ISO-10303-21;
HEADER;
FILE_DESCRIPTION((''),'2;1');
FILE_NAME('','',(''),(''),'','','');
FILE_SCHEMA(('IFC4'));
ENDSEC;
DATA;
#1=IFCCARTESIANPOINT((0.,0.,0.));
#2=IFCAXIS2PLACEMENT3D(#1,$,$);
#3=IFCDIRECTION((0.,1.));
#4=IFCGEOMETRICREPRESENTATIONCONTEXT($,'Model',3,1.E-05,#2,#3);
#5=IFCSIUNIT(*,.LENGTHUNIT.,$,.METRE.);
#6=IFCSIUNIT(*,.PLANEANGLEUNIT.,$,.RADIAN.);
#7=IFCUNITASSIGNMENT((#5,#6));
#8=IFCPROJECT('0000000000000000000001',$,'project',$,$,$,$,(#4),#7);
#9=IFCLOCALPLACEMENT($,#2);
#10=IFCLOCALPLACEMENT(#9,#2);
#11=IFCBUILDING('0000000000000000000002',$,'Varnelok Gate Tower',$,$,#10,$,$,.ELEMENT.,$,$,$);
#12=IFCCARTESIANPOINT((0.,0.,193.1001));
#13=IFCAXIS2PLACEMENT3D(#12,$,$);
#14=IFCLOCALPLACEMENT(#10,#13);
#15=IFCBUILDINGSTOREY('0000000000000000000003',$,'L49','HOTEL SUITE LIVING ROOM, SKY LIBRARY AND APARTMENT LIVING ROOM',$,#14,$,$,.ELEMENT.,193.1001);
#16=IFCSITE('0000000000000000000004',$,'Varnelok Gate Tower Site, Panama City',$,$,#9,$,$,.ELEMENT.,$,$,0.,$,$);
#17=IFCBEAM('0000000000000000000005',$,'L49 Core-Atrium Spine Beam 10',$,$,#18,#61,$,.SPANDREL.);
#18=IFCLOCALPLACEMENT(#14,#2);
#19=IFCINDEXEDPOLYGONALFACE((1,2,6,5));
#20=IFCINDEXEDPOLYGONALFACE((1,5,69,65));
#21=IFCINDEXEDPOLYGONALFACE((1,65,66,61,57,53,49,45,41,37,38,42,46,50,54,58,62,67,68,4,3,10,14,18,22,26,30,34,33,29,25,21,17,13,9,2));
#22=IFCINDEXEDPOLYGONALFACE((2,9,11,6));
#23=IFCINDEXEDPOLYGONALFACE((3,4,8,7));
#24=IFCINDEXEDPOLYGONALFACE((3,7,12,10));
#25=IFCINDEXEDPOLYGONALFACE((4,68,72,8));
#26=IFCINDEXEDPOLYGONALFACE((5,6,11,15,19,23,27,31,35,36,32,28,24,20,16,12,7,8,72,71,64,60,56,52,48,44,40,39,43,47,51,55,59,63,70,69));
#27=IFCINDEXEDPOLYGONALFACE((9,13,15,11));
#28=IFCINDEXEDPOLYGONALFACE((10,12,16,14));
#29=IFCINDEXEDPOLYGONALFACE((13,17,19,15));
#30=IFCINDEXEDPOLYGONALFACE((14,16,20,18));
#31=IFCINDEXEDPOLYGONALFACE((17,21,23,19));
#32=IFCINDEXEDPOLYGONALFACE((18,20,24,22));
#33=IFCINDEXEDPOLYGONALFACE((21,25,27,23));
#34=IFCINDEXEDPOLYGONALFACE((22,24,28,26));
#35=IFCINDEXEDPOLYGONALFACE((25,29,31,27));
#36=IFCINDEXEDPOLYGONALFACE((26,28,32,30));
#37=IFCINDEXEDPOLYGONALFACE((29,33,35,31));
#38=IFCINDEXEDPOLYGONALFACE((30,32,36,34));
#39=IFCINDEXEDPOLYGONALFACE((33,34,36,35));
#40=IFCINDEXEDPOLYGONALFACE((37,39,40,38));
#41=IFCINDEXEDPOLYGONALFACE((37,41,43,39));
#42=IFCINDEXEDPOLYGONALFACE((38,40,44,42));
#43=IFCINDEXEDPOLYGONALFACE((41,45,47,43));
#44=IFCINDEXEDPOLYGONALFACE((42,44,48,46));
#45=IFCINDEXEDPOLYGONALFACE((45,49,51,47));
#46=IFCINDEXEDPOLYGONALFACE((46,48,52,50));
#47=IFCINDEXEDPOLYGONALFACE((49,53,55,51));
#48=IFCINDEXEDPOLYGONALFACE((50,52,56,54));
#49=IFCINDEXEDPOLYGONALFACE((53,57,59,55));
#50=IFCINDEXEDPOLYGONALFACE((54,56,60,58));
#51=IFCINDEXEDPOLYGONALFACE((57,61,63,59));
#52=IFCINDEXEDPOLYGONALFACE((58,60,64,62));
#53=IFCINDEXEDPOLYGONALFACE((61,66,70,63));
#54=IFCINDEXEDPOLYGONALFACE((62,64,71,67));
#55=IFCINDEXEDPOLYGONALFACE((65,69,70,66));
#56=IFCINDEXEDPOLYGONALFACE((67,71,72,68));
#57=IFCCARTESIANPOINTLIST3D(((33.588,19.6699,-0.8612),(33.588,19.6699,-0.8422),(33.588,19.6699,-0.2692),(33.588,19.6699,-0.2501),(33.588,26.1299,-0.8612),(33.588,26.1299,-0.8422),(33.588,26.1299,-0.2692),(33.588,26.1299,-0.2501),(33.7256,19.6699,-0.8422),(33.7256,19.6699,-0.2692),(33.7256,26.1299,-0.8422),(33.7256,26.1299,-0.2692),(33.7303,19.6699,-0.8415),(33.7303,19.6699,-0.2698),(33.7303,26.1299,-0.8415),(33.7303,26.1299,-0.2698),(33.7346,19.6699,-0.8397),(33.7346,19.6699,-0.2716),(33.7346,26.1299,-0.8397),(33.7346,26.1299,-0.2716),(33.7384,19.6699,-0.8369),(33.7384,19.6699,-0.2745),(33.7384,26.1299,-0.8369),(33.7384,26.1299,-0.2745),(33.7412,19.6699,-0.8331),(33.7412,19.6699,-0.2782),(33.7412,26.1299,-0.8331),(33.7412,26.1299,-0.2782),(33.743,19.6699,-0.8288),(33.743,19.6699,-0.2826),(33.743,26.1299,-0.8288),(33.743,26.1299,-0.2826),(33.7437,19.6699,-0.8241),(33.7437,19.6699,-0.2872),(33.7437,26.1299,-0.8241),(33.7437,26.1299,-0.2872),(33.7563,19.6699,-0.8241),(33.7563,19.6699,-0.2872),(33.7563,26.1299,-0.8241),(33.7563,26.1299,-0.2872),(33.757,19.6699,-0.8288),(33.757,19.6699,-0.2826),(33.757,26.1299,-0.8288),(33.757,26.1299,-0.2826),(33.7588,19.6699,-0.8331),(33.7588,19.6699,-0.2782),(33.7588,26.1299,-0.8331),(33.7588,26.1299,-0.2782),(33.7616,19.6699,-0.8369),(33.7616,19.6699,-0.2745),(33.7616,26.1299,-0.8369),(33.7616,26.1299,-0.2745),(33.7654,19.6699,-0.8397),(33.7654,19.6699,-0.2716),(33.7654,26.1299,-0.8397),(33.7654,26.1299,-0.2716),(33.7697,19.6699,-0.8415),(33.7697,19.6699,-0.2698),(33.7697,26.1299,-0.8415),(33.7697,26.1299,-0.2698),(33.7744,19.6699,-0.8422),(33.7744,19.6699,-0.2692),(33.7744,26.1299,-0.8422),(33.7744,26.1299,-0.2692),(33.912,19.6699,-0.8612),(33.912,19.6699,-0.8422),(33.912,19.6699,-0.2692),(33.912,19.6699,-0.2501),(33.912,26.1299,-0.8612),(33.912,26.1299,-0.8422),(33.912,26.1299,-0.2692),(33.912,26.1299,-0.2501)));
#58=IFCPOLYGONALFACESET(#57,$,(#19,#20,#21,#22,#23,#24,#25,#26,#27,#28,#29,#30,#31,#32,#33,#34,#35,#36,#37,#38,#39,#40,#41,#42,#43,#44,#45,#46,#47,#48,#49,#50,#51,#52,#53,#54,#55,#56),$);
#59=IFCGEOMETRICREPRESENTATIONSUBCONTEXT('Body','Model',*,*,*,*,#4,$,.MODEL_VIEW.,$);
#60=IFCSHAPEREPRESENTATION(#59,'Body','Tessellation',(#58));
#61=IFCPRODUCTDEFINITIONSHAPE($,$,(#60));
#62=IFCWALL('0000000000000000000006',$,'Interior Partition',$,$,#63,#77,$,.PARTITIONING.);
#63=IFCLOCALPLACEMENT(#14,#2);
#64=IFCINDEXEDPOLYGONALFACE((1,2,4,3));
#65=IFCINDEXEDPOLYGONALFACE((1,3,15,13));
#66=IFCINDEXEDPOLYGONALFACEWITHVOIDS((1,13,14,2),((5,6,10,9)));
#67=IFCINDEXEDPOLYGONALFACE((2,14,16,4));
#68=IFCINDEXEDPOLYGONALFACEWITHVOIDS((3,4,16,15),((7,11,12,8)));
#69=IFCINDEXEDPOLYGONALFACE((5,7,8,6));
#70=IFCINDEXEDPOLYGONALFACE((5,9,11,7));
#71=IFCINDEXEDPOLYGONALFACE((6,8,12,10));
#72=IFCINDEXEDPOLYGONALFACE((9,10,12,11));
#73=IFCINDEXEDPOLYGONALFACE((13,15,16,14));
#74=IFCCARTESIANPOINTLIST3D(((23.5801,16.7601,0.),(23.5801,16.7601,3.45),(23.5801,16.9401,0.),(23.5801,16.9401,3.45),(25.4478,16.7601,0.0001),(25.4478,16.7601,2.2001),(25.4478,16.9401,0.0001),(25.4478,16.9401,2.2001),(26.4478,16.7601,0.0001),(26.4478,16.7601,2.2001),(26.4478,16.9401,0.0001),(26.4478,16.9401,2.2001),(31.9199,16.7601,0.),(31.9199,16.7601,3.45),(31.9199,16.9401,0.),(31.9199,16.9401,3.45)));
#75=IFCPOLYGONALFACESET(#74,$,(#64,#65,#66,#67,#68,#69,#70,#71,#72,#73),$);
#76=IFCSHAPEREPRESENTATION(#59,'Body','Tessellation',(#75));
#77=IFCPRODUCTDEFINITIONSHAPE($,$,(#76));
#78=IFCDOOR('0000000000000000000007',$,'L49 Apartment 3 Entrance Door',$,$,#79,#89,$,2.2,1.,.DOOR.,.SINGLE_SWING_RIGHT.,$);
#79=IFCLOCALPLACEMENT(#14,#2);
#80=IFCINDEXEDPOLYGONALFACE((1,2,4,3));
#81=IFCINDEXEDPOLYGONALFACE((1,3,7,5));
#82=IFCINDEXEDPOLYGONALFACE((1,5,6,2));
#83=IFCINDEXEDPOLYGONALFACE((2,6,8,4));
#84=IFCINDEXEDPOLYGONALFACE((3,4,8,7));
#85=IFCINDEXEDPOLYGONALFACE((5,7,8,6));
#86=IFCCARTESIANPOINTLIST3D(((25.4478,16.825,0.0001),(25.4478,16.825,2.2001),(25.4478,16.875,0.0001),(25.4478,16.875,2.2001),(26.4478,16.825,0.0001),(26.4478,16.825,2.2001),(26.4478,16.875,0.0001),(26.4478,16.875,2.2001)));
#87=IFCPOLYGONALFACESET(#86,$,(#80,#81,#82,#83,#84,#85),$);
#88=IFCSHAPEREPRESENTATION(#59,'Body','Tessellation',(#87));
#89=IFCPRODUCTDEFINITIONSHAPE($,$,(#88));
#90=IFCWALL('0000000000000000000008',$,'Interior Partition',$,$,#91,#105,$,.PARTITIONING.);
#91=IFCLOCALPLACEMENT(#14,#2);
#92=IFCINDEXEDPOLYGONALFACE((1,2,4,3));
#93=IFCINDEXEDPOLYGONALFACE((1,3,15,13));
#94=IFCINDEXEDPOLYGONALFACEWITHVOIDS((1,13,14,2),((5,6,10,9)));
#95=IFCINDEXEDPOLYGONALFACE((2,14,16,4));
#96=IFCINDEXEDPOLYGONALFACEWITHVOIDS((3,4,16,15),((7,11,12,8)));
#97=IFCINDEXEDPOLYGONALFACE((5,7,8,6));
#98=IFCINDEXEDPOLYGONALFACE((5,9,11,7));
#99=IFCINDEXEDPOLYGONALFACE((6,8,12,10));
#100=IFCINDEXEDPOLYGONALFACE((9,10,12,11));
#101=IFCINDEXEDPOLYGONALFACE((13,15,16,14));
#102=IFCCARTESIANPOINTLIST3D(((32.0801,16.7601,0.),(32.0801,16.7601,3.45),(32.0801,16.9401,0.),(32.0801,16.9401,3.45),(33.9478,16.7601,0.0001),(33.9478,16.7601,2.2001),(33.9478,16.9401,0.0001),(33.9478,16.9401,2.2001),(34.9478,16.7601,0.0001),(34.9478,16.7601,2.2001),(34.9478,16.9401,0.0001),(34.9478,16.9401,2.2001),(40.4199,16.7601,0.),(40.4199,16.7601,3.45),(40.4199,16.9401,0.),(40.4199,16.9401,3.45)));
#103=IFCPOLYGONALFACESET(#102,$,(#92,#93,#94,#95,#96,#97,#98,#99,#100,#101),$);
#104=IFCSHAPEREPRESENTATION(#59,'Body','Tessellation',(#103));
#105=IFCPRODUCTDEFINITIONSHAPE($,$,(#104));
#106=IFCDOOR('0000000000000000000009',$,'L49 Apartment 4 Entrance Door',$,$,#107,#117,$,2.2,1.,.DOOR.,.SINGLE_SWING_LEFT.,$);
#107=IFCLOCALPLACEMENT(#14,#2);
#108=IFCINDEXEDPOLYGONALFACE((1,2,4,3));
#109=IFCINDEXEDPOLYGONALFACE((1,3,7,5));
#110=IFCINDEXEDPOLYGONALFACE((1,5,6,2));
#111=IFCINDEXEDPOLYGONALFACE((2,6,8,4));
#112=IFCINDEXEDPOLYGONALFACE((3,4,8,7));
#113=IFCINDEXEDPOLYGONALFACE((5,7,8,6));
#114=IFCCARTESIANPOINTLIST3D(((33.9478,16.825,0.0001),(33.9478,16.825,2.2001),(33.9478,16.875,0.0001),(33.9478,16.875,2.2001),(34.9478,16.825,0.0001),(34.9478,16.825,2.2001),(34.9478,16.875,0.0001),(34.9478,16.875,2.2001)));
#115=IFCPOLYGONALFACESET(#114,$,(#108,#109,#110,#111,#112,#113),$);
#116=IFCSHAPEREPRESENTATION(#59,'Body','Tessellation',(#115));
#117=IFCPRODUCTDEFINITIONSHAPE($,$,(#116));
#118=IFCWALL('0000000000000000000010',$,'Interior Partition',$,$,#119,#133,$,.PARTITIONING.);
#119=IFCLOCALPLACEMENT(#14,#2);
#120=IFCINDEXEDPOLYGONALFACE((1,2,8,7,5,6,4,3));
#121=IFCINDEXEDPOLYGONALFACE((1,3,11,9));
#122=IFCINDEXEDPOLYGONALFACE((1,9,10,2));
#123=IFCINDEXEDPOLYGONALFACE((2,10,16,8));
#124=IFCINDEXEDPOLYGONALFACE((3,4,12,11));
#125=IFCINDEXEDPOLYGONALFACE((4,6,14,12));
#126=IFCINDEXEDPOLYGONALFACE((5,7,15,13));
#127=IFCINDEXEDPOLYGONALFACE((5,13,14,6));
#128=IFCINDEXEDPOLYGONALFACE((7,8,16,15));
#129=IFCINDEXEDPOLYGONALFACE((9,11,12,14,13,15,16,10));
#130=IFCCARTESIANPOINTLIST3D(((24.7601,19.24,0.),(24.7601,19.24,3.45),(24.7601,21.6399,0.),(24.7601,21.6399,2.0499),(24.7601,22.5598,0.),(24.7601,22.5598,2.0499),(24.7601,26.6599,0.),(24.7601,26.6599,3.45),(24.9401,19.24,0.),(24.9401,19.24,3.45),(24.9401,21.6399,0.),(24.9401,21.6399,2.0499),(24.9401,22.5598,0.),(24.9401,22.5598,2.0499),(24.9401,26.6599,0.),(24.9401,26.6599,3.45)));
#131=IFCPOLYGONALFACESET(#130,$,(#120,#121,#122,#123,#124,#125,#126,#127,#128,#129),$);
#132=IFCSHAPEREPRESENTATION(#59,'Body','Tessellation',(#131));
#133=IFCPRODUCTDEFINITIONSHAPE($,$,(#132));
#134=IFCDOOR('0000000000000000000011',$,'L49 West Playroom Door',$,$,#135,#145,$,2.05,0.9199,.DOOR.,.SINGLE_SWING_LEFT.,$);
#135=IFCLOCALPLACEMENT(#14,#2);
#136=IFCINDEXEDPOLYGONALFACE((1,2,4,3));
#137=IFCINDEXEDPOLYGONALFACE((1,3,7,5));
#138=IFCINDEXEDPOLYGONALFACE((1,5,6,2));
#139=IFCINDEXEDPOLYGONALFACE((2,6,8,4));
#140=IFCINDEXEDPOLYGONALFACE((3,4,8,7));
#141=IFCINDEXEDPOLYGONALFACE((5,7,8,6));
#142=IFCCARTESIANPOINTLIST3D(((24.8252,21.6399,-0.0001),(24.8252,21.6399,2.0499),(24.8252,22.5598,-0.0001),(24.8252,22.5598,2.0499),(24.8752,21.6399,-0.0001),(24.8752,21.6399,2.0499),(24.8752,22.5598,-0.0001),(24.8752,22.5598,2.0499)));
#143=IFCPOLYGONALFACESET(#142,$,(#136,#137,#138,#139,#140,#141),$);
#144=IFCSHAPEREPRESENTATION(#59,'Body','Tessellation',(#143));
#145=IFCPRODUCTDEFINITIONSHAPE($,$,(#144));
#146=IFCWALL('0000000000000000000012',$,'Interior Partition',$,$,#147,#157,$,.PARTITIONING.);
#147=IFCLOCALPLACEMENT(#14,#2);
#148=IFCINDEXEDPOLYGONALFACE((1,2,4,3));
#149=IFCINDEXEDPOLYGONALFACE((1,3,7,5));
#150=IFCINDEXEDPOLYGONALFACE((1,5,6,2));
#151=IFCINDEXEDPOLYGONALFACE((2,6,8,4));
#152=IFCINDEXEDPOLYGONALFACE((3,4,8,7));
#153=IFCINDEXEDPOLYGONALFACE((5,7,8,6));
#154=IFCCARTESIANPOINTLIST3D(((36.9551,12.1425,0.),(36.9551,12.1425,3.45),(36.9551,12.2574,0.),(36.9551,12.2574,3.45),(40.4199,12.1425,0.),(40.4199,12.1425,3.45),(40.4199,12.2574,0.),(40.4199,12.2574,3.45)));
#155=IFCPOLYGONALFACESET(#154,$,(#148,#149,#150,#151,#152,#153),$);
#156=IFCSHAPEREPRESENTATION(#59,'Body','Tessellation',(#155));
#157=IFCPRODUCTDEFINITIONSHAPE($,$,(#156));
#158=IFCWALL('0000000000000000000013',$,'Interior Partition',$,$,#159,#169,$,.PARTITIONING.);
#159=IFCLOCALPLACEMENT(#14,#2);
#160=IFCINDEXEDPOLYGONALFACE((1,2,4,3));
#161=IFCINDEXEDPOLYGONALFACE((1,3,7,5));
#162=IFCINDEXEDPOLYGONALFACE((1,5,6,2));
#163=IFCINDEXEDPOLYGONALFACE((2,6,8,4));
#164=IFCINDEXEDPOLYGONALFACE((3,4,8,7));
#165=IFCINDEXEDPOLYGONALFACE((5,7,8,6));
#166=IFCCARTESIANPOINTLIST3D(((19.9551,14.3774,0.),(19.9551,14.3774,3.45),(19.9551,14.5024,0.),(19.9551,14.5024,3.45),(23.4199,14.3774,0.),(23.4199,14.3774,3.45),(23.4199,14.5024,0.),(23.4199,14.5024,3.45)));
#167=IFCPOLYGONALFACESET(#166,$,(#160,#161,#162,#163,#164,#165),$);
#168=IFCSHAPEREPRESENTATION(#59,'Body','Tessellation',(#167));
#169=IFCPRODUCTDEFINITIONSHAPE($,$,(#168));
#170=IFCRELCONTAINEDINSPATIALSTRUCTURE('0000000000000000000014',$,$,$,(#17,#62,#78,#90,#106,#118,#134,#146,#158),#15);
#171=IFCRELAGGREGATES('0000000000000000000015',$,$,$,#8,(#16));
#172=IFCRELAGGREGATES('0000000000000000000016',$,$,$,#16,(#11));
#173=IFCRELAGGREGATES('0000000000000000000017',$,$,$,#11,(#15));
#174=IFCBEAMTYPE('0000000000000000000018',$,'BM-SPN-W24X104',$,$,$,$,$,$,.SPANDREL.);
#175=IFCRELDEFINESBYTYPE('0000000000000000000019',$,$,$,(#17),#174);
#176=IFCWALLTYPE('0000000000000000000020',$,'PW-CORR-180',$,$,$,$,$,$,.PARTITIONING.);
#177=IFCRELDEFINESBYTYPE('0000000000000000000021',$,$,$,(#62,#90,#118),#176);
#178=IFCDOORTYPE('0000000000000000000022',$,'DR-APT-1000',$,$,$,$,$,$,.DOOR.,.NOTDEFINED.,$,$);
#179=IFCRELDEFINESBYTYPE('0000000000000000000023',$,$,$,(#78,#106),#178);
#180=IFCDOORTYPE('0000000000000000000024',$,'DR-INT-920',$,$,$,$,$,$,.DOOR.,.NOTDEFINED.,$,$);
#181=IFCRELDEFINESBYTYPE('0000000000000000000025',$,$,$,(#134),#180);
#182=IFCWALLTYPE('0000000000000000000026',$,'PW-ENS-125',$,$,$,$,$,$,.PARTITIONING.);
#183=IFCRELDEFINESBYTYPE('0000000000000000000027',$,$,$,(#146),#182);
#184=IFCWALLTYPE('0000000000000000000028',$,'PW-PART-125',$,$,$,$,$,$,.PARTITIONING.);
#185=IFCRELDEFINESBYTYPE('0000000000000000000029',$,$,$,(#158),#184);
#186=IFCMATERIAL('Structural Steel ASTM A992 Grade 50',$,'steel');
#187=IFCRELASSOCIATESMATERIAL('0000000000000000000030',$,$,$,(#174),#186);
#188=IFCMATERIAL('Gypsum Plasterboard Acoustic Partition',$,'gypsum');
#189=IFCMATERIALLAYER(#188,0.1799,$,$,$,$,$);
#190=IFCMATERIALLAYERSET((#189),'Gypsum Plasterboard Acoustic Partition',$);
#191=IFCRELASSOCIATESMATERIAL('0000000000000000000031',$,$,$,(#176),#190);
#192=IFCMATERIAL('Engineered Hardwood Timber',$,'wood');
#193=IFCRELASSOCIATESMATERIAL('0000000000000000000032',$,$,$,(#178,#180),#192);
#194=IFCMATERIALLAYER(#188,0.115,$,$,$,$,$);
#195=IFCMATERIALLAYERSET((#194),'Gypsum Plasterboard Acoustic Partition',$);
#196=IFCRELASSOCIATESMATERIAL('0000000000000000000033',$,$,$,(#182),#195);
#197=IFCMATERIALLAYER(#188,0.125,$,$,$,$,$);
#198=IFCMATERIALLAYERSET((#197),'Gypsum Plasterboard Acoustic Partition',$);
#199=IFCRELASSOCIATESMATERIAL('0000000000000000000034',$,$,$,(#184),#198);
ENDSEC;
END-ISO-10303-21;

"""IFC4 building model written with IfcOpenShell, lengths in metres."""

from ifc_helpers import new_model, si_unit, direction, frame, frame_2d, origin, origin_2d, place, context, subcontext, project, spatial, rectangle, i_section, extrude, material, layer, layer_set, material_profile, profile_set, type_object, element, fill, save


model = new_model("IFC4")

# Units and contexts
model_context = context("Model", 3, precision=1e-05, world=origin(), true_north=direction((0.0, 1.0)))
body_context = subcontext(model_context, "Body", "Model", "MODEL_VIEW")
ifc_project = project(units=[si_unit("LENGTHUNIT", "METRE"), si_unit("PLANEANGLEUNIT", "RADIAN")], contexts=[model_context])

# Site, building, storey
site_placement = place(None, origin())
site = spatial("IfcSite", under=ifc_project, at=site_placement, Name="Varnelok Gate Tower Site, Panama City", CompositionType="ELEMENT", RefElevation=0.0)
building_placement = place(site_placement, origin())
building = spatial("IfcBuilding", under=site, at=building_placement, Name="Varnelok Gate Tower", CompositionType="ELEMENT")
storey_placement = place(building_placement, frame((0.0, 0.0, 193.1001)))
storey = spatial("IfcBuildingStorey", under=building, at=storey_placement, Name="L49", Description="HOTEL SUITE LIVING ROOM, SKY LIBRARY AND APARTMENT LIVING ROOM", CompositionType="ELEMENT", Elevation=193.1001)

# Shared definitions
ifc_material_1 = material(Name="Structural Steel ASTM A992 Grade 50", Category="steel")

# Beam
ifc_material_profile_1 = material_profile(ifc_material_1, i_section(OverallWidth=0.324, OverallDepth=0.6111, WebThickness=0.0127, FlangeThickness=0.019, FilletRadius=0.0181, at=origin_2d()), Name="W24X104")
ifc_profile_set_1 = profile_set([ifc_material_profile_1], Name="Structural Steel ASTM A992 Grade 50")
beam_type_1 = type_object("IfcBeamType", Name="BM-SPN-W24X104", PredefinedType="SPANDREL", material=ifc_profile_set_1)
beam_1_placement = place(storey_placement, frame((33.75, 19.6699, -0.5557), z_axis=(0.0, 1.0, 0.0), x_axis=(-1.0, 0.0, 0.0)))
element("IfcBeam", 1, at=beam_1_placement, inside=storey, type_object=beam_type_1, Name="L49 Core-Atrium Spine Beam 10", PredefinedType="SPANDREL", context=body_context, shape_type="SweptSolid", body=[
    extrude(i_section(OverallWidth=0.324, OverallDepth=0.6111, WebThickness=0.0127, FlangeThickness=0.019, FilletRadius=0.0181, at=origin_2d()), origin(), (0.0, 0.0, 1.0), 6.46),
])

# Walls, openings, doors
ifc_material_2 = material(Name="Gypsum Plasterboard Acoustic Partition", Category="gypsum")
ifc_layer_1 = layer(ifc_material_2, 0.1799)
ifc_layer_set_1 = layer_set([ifc_layer_1], Name="Gypsum Plasterboard Acoustic Partition")
wall_type_1 = type_object("IfcWallType", Name="PW-CORR-180", PredefinedType="PARTITIONING", material=ifc_layer_set_1)
wall_1_placement = place(storey_placement, frame((23.5801, 16.8501, 0.0), z_axis=(0.0, 0.0, 1.0), x_axis=(1.0, 0.0, 0.0)))
wall_1 = element("IfcWall", 2, at=wall_1_placement, inside=storey, type_object=wall_type_1, Name="Interior Partition", PredefinedType="PARTITIONING", context=body_context, shape_type="SweptSolid", body=[
    extrude(rectangle(XDim=8.3398, YDim=0.1799, at=frame_2d((4.1699, 0.0))), origin(), (0.0, 0.0, 1.0), 3.45),
])
opening_1_placement = place(wall_1_placement, frame((1.8677, 0.0, 0.0)))
opening_1 = element("IfcOpeningElement", 3, at=opening_1_placement, cuts=wall_1, PredefinedType="OPENING", context=body_context, shape_type="SweptSolid", body=[
    extrude(rectangle(XDim=1.0, YDim=2.2, at=frame_2d((0.5, 1.1001))), frame((0.0, 0.0999, 0.0), z_axis=(0.0, -1.0, 0.0), x_axis=(1.0, 0.0, 0.0)), (0.0, 0.0, 1.0), 0.2),
])
ifc_material_3 = material(Name="Engineered Hardwood Timber", Category="wood")
door_type_1 = type_object("IfcDoorType", Name="DR-APT-1000", OperationType="NOTDEFINED", PredefinedType="DOOR", material=ifc_material_3)
door_1_placement = place(opening_1_placement, origin())
door_1 = element("IfcDoor", 4, at=door_1_placement, inside=storey, type_object=door_type_1, Name="L49 Apartment 3 Entrance Door", OperationType="SINGLE_SWING_RIGHT", OverallHeight=2.2, OverallWidth=1.0, PredefinedType="DOOR", context=body_context, shape_type="SweptSolid", body=[
    extrude(rectangle(XDim=1.0, YDim=2.2, at=frame_2d((0.5, 1.1001))), frame((0.0, 0.0249, 0.0), z_axis=(0.0, -1.0, 0.0), x_axis=(1.0, 0.0, 0.0)), (0.0, 0.0, 1.0), 0.05),
])
fill(opening_1, door_1)
wall_2_placement = place(storey_placement, frame((32.0801, 16.8501, 0.0), z_axis=(0.0, 0.0, 1.0), x_axis=(1.0, 0.0, 0.0)))
wall_2 = element("IfcWall", 5, at=wall_2_placement, inside=storey, type_object=wall_type_1, Name="Interior Partition", PredefinedType="PARTITIONING", context=body_context, shape_type="SweptSolid", body=[
    extrude(rectangle(XDim=8.3398, YDim=0.1799, at=frame_2d((4.1699, 0.0))), origin(), (0.0, 0.0, 1.0), 3.45),
])
opening_2_placement = place(wall_2_placement, frame((1.8677, 0.0, 0.0)))
opening_2 = element("IfcOpeningElement", 6, at=opening_2_placement, cuts=wall_2, PredefinedType="OPENING", context=body_context, shape_type="SweptSolid", body=[
    extrude(rectangle(XDim=1.0, YDim=2.2, at=frame_2d((0.5, 1.1001))), frame((0.0, 0.0999, 0.0), z_axis=(0.0, -1.0, 0.0), x_axis=(1.0, 0.0, 0.0)), (0.0, 0.0, 1.0), 0.2),
])
door_2_placement = place(opening_2_placement, origin())
door_2 = element("IfcDoor", 7, at=door_2_placement, inside=storey, type_object=door_type_1, Name="L49 Apartment 4 Entrance Door", OperationType="SINGLE_SWING_LEFT", OverallHeight=2.2, OverallWidth=1.0, PredefinedType="DOOR", context=body_context, shape_type="SweptSolid", body=[
    extrude(rectangle(XDim=1.0, YDim=2.2, at=frame_2d((0.5, 1.1001))), frame((0.0, 0.0249, 0.0), z_axis=(0.0, -1.0, 0.0), x_axis=(1.0, 0.0, 0.0)), (0.0, 0.0, 1.0), 0.05),
])
fill(opening_2, door_2)
wall_3_placement = place(storey_placement, frame((24.8501, 19.24, 0.0), z_axis=(0.0, 0.0, 1.0), x_axis=(0.0, 1.0, 0.0)))
wall_3 = element("IfcWall", 8, at=wall_3_placement, inside=storey, type_object=wall_type_1, Name="Interior Partition", PredefinedType="PARTITIONING", context=body_context, shape_type="SweptSolid", body=[
    extrude(rectangle(XDim=7.4199, YDim=0.1799, at=frame_2d((3.71, 0.0))), origin(), (0.0, 0.0, 1.0), 3.45),
])
opening_3_placement = place(wall_3_placement, frame((2.3999, 0.0, 0.0)))
opening_3 = element("IfcOpeningElement", 9, at=opening_3_placement, cuts=wall_3, PredefinedType="OPENING", context=body_context, shape_type="SweptSolid", body=[
    extrude(rectangle(XDim=0.9199, YDim=2.05, at=frame_2d((0.46, 1.0249))), frame((0.0, 0.0999, 0.0), z_axis=(0.0, -1.0, 0.0), x_axis=(1.0, 0.0, 0.0)), (0.0, 0.0, 1.0), 0.2),
])
door_type_2 = type_object("IfcDoorType", Name="DR-INT-920", OperationType="NOTDEFINED", PredefinedType="DOOR", material=ifc_material_3)
door_3_placement = place(opening_3_placement, origin())
door_3 = element("IfcDoor", 10, at=door_3_placement, inside=storey, type_object=door_type_2, Name="L49 West Playroom Door", OperationType="SINGLE_SWING_LEFT", OverallHeight=2.05, OverallWidth=0.9199, PredefinedType="DOOR", context=body_context, shape_type="SweptSolid", body=[
    extrude(rectangle(XDim=0.9199, YDim=2.05, at=frame_2d((0.46, 1.0249))), frame((0.0, 0.0249, 0.0), z_axis=(0.0, -1.0, 0.0), x_axis=(1.0, 0.0, 0.0)), (0.0, 0.0, 1.0), 0.05),
])
fill(opening_3, door_3)

# Walls
ifc_layer_2 = layer(ifc_material_2, 0.115)
ifc_layer_set_2 = layer_set([ifc_layer_2], Name="Gypsum Plasterboard Acoustic Partition")
wall_type_2 = type_object("IfcWallType", Name="PW-ENS-125", PredefinedType="PARTITIONING", material=ifc_layer_set_2)
wall_4_placement = place(storey_placement, frame((36.9551, 12.2, 0.0), z_axis=(0.0, 0.0, 1.0), x_axis=(1.0, 0.0, 0.0)))
element("IfcWall", 11, at=wall_4_placement, inside=storey, type_object=wall_type_2, Name="Interior Partition", PredefinedType="PARTITIONING", context=body_context, shape_type="SweptSolid", body=[
    extrude(rectangle(XDim=3.4648, YDim=0.115, at=frame_2d((1.7324, 0.0))), origin(), (0.0, 0.0, 1.0), 3.45),
])
ifc_layer_3 = layer(ifc_material_2, 0.125)
ifc_layer_set_3 = layer_set([ifc_layer_3], Name="Gypsum Plasterboard Acoustic Partition")
wall_type_3 = type_object("IfcWallType", Name="PW-PART-125", PredefinedType="PARTITIONING", material=ifc_layer_set_3)
wall_5_placement = place(storey_placement, frame((19.9551, 14.4399, 0.0), z_axis=(0.0, 0.0, 1.0), x_axis=(1.0, 0.0, 0.0)))
element("IfcWall", 12, at=wall_5_placement, inside=storey, type_object=wall_type_3, Name="Interior Partition", PredefinedType="PARTITIONING", context=body_context, shape_type="SweptSolid", body=[
    extrude(rectangle(XDim=3.4648, YDim=0.125, at=frame_2d((1.7324, 0.0))), origin(), (0.0, 0.0, 1.0), 3.45),
])

save(model, "model.ifc")
